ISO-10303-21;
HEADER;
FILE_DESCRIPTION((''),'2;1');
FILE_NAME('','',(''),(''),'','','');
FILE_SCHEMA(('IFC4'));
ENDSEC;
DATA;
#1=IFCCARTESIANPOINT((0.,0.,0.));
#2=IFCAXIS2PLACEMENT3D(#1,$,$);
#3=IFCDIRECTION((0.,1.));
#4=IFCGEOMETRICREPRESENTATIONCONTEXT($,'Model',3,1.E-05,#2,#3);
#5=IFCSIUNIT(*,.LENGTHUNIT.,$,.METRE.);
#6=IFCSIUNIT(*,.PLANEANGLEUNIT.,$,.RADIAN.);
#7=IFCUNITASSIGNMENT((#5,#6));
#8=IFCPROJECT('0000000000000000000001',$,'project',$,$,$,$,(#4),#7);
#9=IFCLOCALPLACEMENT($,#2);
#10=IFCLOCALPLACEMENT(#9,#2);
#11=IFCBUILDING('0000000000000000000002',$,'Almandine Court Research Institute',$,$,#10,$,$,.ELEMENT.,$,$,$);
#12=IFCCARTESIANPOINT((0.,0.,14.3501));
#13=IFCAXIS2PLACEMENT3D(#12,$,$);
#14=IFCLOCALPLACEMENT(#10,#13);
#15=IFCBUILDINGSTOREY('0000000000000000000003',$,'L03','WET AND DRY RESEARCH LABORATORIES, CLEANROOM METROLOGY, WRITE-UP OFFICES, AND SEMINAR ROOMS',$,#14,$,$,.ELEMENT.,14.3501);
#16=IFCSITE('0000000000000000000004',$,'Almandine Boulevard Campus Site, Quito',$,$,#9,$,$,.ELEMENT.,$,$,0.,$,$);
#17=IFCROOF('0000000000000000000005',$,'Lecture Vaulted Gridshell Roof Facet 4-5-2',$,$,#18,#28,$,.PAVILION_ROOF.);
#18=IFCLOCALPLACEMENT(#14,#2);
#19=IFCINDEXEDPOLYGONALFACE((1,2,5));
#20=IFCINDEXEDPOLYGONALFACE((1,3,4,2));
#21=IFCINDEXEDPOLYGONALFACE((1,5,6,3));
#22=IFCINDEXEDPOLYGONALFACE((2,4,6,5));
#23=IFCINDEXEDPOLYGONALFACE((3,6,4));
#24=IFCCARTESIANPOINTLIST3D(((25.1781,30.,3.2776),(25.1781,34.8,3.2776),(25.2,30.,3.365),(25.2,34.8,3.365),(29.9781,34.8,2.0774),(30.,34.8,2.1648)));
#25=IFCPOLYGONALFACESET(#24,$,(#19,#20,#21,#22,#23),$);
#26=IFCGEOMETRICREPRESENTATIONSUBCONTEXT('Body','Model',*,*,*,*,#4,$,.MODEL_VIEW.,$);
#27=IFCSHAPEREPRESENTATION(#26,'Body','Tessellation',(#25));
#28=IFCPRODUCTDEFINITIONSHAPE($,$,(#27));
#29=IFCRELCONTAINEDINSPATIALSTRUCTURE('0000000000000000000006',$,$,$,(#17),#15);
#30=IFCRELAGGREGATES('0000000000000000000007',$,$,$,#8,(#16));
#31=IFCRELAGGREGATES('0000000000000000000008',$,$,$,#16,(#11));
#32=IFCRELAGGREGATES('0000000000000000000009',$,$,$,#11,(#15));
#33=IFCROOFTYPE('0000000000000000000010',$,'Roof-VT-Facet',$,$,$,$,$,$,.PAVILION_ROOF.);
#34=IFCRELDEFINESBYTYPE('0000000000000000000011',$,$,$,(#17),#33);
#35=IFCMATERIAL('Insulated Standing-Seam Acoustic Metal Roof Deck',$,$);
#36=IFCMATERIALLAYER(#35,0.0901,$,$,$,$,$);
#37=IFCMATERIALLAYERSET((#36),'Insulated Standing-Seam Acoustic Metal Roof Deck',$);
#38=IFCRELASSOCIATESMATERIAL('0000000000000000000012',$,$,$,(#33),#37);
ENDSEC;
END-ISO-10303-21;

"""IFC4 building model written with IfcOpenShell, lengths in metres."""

from ifc_helpers import new_model, si_unit, direction, frame, origin, place, context, subcontext, project, spatial, polyline, outline, extrude, material, layer, layer_set, type_object, element, save


model = new_model("IFC4")

# Units and contexts
model_context = context("Model", 3, precision=1e-05, world=origin(), true_north=direction((0.0, 1.0)))
body_context = subcontext(model_context, "Body", "Model", "MODEL_VIEW")
ifc_project = project(units=[si_unit("LENGTHUNIT", "METRE"), si_unit("PLANEANGLEUNIT", "RADIAN")], contexts=[model_context])

# Site, building, storey
site_placement = place(None, origin())
site = spatial("IfcSite", under=ifc_project, at=site_placement, Name="Almandine Boulevard Campus Site, Quito", CompositionType="ELEMENT", RefElevation=0.0)
building_placement = place(site_placement, origin())
building = spatial("IfcBuilding", under=site, at=building_placement, Name="Almandine Court Research Institute", CompositionType="ELEMENT")
storey_placement = place(building_placement, frame((0.0, 0.0, 14.3501)))
storey = spatial("IfcBuildingStorey", under=building, at=storey_placement, Name="L03", Description="WET AND DRY RESEARCH LABORATORIES, CLEANROOM METROLOGY, WRITE-UP OFFICES, AND SEMINAR ROOMS", CompositionType="ELEMENT", Elevation=14.3501)

# Roof
ifc_material_1 = material(Name="Insulated Standing-Seam Acoustic Metal Roof Deck")
ifc_layer_1 = layer(ifc_material_1, 0.0901)
ifc_layer_set_1 = layer_set([ifc_layer_1], Name="Insulated Standing-Seam Acoustic Metal Roof Deck")
roof_type = type_object("IfcRoofType", Name="Roof-VT-Facet", PredefinedType="PAVILION_ROOF", material=ifc_layer_set_1)
roof_1_placement = place(storey_placement, frame((25.2, 30.0, 3.365), z_axis=(0.24257, 0.0, 0.970134), x_axis=(0.696307, 0.696307, -0.174103)))
element("IfcRoof", 1, at=roof_1_placement, inside=storey, type_object=roof_type, Name="Lecture Vaulted Gridshell Roof Facet 4-5-2", PredefinedType="PAVILION_ROOF", context=body_context, shape_type="SweptSolid", body=[
    extrude(outline(polyline([(0.0, 0.0), (6.8936, 0.0), (3.3423, 3.4452), (0.0, 0.0)])), origin(), (0.0, 0.0, -1.0), 0.0901),
])

save(model, "model.ifc")
